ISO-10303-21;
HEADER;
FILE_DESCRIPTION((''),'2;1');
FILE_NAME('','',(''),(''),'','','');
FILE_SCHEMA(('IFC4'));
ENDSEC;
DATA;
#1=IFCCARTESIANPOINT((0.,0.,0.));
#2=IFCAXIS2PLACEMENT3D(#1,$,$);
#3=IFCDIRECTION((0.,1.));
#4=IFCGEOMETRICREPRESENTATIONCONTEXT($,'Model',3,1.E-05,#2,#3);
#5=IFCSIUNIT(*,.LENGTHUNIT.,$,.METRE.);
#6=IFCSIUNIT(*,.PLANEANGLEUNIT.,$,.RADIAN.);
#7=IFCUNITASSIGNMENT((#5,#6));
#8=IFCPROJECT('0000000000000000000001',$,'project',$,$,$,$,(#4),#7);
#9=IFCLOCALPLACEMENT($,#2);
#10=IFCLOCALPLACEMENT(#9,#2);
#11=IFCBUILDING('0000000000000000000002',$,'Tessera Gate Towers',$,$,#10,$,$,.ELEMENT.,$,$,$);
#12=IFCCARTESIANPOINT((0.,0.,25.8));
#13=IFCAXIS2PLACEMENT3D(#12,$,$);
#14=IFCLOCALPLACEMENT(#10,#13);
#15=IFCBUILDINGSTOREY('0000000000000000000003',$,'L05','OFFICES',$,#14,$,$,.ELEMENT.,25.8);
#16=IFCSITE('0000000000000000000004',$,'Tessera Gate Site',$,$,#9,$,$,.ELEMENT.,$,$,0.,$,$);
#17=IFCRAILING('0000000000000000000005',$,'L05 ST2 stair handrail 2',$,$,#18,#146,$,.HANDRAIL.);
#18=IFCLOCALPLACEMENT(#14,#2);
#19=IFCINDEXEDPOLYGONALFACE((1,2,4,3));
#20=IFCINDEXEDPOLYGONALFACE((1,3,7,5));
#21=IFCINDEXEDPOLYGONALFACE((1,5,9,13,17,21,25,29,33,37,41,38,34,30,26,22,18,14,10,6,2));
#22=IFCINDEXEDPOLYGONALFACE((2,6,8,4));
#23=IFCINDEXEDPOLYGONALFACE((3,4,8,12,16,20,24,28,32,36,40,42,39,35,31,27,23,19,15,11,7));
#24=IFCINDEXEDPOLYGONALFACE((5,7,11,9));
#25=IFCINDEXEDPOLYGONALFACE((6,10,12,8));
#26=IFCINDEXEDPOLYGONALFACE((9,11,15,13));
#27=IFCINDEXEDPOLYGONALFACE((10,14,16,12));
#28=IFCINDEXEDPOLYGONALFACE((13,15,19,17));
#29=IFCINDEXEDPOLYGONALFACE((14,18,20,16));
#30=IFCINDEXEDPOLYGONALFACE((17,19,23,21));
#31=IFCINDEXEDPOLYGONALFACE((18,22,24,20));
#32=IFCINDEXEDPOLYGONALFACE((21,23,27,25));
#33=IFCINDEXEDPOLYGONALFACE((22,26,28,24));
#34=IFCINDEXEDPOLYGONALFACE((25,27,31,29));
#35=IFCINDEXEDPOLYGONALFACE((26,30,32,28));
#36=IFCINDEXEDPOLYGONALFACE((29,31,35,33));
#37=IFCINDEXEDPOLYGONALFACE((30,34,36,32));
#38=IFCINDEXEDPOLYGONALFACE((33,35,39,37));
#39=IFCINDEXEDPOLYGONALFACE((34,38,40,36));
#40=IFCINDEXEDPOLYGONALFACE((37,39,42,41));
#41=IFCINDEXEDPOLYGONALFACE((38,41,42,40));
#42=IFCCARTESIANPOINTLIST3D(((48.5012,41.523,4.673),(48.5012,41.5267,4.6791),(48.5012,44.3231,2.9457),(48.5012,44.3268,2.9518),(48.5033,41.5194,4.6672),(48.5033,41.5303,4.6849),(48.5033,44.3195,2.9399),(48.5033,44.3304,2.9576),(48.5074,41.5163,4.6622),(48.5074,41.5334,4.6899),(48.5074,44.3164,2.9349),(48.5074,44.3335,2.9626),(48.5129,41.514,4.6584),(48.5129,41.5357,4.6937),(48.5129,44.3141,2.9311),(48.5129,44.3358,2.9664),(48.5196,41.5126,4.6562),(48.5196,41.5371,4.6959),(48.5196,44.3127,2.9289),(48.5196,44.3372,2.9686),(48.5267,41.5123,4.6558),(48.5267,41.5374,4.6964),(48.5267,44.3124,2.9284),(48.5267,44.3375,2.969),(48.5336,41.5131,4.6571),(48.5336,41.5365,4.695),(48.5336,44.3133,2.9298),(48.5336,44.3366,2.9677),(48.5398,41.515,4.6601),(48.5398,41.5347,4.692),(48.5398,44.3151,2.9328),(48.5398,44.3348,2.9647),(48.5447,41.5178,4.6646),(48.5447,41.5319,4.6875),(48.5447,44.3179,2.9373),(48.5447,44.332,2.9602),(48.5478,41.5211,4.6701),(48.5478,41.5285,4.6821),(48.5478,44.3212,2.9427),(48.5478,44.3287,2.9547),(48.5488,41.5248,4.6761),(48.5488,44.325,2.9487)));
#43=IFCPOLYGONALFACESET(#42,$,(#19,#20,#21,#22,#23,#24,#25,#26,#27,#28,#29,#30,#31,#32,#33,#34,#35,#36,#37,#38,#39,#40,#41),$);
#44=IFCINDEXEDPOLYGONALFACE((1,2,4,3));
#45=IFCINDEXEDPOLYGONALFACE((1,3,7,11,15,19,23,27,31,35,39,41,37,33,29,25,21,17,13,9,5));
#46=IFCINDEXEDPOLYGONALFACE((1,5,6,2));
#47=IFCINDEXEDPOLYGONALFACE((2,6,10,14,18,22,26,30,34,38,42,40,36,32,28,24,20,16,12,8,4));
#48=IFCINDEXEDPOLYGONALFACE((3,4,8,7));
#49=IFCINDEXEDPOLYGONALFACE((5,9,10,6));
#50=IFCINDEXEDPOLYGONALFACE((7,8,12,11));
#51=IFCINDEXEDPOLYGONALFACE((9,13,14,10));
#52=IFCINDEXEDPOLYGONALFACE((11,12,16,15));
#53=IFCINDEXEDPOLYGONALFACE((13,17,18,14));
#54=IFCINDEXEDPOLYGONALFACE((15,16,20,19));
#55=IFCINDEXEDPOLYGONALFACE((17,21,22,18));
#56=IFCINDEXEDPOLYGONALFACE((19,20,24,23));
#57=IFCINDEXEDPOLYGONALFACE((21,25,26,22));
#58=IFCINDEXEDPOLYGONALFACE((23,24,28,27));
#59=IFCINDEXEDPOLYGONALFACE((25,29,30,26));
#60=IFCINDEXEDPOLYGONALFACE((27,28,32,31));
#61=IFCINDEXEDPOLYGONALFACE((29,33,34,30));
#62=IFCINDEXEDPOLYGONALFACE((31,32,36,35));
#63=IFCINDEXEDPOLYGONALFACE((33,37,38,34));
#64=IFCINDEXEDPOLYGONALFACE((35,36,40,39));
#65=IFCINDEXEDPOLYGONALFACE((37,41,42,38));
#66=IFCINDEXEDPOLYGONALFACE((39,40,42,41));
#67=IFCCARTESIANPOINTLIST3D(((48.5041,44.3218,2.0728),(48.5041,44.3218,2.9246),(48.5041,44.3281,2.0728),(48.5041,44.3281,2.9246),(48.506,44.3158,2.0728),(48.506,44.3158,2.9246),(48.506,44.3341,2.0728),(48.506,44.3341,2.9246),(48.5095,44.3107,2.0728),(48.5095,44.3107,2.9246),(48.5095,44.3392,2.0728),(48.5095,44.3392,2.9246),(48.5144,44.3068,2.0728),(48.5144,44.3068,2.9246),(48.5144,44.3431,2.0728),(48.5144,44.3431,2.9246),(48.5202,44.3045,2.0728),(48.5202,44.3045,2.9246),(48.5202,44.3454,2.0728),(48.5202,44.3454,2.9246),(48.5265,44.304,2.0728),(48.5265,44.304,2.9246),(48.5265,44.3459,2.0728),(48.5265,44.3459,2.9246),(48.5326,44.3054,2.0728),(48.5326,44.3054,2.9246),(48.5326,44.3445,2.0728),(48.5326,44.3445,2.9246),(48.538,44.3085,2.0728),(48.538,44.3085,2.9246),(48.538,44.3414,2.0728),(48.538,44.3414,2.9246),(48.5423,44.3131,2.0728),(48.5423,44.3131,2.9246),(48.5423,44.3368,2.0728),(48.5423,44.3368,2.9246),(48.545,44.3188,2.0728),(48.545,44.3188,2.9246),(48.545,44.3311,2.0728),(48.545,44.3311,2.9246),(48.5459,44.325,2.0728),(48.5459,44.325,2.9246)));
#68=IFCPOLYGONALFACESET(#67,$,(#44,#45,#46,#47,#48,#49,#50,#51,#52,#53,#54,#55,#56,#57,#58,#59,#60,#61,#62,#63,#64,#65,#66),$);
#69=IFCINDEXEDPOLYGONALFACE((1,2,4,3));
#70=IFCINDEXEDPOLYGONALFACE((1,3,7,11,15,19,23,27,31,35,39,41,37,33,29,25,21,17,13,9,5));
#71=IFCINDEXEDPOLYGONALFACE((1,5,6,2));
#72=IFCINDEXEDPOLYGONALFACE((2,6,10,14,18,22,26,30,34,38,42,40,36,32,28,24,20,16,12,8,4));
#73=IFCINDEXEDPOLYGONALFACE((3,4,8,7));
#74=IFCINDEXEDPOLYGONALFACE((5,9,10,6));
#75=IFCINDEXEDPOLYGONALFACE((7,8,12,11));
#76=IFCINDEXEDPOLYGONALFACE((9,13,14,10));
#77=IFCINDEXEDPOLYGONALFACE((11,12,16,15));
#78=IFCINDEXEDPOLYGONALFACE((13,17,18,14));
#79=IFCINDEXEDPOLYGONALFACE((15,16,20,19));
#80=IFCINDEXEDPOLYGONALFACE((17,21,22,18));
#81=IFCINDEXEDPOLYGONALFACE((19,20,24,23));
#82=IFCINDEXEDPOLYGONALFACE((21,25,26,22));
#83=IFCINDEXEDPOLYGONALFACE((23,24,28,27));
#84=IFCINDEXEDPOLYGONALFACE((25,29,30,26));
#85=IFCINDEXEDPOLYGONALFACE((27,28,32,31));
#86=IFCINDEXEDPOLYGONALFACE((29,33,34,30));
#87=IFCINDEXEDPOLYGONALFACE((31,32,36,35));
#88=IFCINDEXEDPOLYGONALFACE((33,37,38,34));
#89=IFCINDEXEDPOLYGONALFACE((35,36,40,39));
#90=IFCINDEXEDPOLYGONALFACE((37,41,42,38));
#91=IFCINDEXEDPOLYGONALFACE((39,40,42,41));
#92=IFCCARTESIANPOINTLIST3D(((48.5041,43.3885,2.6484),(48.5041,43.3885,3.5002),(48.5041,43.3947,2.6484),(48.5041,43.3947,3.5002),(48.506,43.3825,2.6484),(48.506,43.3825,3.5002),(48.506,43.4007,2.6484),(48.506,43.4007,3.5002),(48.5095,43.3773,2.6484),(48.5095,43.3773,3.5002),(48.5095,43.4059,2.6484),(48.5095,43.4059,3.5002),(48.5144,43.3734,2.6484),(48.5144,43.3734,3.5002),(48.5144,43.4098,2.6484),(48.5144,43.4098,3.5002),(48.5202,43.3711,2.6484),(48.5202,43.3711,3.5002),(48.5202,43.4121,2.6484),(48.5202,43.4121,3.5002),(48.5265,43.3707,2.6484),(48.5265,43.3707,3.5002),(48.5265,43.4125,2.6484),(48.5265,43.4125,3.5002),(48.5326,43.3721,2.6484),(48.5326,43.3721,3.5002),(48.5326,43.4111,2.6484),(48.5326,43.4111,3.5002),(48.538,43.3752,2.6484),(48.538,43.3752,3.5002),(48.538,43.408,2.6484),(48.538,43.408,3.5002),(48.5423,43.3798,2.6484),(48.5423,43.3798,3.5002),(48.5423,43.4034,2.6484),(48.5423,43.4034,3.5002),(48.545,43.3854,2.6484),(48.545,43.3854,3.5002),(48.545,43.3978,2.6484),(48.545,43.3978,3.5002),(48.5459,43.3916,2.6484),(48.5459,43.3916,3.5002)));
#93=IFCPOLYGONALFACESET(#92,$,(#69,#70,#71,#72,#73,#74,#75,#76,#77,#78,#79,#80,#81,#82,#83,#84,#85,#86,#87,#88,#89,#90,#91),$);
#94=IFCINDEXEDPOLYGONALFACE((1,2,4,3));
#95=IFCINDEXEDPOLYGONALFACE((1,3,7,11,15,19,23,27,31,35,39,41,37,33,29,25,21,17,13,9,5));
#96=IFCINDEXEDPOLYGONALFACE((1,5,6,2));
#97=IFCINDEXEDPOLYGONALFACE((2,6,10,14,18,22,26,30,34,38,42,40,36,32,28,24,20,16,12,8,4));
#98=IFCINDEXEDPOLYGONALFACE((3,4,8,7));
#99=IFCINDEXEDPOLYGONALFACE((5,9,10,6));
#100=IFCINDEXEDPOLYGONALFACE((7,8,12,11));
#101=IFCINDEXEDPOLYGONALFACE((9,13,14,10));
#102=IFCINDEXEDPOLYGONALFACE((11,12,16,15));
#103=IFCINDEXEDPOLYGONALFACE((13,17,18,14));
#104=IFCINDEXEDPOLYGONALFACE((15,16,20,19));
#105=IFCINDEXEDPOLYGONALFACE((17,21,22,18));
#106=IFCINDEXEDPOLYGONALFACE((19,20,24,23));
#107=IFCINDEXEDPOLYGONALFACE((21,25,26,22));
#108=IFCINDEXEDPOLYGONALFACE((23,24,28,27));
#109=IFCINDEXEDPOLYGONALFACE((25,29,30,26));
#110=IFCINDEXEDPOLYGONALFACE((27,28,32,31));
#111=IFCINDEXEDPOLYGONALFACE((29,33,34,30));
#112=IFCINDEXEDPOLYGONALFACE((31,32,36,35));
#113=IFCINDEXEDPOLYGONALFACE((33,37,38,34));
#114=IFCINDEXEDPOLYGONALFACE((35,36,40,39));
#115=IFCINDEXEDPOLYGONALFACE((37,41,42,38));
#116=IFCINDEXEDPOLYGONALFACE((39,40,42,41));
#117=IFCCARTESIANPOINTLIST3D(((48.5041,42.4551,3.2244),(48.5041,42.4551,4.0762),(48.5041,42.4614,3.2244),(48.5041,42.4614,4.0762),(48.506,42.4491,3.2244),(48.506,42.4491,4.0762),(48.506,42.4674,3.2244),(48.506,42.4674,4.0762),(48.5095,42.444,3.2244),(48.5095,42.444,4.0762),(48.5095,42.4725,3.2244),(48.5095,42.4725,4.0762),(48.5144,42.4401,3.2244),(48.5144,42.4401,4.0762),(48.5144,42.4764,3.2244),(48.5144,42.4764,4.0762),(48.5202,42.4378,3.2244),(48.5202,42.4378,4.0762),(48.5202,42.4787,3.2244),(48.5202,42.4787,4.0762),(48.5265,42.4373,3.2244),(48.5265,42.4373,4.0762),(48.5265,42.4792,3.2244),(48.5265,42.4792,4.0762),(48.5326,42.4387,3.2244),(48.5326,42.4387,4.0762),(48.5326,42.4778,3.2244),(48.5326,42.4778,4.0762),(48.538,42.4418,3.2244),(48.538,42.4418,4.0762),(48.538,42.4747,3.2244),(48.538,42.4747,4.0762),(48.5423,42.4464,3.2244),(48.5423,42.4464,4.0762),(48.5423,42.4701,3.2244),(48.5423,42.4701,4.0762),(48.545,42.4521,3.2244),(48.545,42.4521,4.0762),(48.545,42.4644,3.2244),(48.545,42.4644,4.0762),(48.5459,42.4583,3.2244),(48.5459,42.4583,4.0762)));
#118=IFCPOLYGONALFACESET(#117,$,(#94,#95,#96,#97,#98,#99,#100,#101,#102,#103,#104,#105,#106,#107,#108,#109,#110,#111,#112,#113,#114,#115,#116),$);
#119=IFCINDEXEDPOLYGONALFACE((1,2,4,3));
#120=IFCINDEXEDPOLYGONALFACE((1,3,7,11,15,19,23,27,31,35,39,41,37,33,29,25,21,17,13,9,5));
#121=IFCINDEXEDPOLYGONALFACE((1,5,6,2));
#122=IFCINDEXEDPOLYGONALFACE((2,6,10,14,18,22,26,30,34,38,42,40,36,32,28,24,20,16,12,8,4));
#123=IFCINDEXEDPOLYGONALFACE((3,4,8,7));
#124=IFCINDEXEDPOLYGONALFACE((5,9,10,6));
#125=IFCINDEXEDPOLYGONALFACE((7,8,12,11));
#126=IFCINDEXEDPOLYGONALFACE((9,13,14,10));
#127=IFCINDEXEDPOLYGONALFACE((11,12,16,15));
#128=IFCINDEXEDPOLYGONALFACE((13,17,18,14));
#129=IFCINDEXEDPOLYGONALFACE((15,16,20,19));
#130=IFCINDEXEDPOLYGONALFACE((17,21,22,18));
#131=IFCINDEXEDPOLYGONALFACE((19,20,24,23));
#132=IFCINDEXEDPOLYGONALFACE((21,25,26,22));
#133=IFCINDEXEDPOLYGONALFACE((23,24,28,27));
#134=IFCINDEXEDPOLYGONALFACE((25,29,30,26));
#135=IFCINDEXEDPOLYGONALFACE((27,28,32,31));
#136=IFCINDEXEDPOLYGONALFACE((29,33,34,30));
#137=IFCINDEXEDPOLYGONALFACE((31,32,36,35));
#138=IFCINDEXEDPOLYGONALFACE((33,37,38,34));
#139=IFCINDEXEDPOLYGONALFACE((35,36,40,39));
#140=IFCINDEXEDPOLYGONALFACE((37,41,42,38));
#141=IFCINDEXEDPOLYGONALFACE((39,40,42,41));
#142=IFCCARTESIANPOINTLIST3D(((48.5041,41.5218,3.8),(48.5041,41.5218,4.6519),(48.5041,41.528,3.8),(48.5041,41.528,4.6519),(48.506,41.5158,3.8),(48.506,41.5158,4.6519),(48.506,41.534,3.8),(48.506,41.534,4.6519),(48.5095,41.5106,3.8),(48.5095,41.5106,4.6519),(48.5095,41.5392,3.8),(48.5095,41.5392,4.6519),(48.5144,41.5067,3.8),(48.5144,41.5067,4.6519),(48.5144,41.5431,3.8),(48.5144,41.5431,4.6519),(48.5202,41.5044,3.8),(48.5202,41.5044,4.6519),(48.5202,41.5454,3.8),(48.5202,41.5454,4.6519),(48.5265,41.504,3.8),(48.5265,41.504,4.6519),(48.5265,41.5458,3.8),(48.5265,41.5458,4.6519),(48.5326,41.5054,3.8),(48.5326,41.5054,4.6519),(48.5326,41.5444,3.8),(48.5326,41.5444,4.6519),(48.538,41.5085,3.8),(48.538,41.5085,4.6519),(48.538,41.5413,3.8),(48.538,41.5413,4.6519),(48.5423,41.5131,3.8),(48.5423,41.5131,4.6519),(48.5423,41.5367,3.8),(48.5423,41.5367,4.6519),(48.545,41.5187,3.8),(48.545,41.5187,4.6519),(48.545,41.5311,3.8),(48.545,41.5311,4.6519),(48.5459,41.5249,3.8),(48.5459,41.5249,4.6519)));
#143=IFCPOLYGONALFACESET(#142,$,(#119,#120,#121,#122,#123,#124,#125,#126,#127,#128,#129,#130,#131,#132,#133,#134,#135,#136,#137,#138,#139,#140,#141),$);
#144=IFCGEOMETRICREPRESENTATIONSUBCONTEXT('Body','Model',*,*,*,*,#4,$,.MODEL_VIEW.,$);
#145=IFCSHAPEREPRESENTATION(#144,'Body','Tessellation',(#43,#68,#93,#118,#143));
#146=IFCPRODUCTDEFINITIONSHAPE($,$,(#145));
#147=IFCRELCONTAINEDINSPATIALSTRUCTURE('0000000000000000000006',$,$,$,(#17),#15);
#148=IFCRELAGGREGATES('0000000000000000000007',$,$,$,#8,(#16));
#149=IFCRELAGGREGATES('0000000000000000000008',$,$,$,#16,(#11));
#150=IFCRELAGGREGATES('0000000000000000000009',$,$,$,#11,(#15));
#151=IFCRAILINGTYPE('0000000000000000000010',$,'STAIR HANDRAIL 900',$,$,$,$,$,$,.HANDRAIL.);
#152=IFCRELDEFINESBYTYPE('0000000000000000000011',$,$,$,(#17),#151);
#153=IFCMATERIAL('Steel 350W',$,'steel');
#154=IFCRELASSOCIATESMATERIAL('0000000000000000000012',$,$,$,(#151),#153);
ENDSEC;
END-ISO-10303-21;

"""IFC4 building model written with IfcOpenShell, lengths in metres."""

from ifc_helpers import new_model, si_unit, direction, frame, origin, origin_2d, place, context, subcontext, project, spatial, circle, extrude, material, type_object, element, save


model = new_model("IFC4")

# Units and contexts
model_context = context("Model", 3, precision=1e-05, world=origin(), true_north=direction((0.0, 1.0)))
body_context = subcontext(model_context, "Body", "Model", "MODEL_VIEW")
ifc_project = project(units=[si_unit("LENGTHUNIT", "METRE"), si_unit("PLANEANGLEUNIT", "RADIAN")], contexts=[model_context])

# Site, building, storey
site_placement = place(None, origin())
site = spatial("IfcSite", under=ifc_project, at=site_placement, Name="Tessera Gate Site", CompositionType="ELEMENT", RefElevation=0.0)
building_placement = place(site_placement, origin())
building = spatial("IfcBuilding", under=site, at=building_placement, Name="Tessera Gate Towers", CompositionType="ELEMENT")
storey_placement = place(building_placement, frame((0.0, 0.0, 25.8)))
storey = spatial("IfcBuildingStorey", under=building, at=storey_placement, Name="L05", Description="OFFICES", CompositionType="ELEMENT", Elevation=25.8)

# Railing
ifc_material_1 = material(Name="Steel 350W", Category="steel")
railing_type = type_object("IfcRailingType", Name="STAIR HANDRAIL 900", PredefinedType="HANDRAIL", material=ifc_material_1)
railing_placement = place(storey_placement, frame((48.5249, 44.325, 2.0728)))
element("IfcRailing", 1, at=railing_placement, inside=storey, type_object=railing_type, Name="L05 ST2 stair handrail 2", PredefinedType="HANDRAIL", context=body_context, shape_type="SweptSolid", body=[
    extrude(circle(Radius=0.0239, at=origin_2d()), frame((0.0, 0.0, 0.876), z_axis=(0.0, -0.85109, 0.52502), x_axis=(1.0, 0.0, 0.0)), (0.0, 0.0, 1.0), 3.29),
    extrude(circle(Radius=0.021, at=origin_2d()), origin(), (0.0, 0.0, 1.0), 0.8518),
    extrude(circle(Radius=0.021, at=origin_2d()), frame((0.0, -0.9333, 0.5757)), (0.0, 0.0, 1.0), 0.8518),
    extrude(circle(Radius=0.021, at=origin_2d()), frame((0.0, -1.8667, 1.1516)), (0.0, 0.0, 1.0), 0.8518),
    extrude(circle(Radius=0.021, at=origin_2d()), frame((0.0, -2.8, 1.7273)), (0.0, 0.0, 1.0), 0.8518),
])

save(model, "model.ifc")
